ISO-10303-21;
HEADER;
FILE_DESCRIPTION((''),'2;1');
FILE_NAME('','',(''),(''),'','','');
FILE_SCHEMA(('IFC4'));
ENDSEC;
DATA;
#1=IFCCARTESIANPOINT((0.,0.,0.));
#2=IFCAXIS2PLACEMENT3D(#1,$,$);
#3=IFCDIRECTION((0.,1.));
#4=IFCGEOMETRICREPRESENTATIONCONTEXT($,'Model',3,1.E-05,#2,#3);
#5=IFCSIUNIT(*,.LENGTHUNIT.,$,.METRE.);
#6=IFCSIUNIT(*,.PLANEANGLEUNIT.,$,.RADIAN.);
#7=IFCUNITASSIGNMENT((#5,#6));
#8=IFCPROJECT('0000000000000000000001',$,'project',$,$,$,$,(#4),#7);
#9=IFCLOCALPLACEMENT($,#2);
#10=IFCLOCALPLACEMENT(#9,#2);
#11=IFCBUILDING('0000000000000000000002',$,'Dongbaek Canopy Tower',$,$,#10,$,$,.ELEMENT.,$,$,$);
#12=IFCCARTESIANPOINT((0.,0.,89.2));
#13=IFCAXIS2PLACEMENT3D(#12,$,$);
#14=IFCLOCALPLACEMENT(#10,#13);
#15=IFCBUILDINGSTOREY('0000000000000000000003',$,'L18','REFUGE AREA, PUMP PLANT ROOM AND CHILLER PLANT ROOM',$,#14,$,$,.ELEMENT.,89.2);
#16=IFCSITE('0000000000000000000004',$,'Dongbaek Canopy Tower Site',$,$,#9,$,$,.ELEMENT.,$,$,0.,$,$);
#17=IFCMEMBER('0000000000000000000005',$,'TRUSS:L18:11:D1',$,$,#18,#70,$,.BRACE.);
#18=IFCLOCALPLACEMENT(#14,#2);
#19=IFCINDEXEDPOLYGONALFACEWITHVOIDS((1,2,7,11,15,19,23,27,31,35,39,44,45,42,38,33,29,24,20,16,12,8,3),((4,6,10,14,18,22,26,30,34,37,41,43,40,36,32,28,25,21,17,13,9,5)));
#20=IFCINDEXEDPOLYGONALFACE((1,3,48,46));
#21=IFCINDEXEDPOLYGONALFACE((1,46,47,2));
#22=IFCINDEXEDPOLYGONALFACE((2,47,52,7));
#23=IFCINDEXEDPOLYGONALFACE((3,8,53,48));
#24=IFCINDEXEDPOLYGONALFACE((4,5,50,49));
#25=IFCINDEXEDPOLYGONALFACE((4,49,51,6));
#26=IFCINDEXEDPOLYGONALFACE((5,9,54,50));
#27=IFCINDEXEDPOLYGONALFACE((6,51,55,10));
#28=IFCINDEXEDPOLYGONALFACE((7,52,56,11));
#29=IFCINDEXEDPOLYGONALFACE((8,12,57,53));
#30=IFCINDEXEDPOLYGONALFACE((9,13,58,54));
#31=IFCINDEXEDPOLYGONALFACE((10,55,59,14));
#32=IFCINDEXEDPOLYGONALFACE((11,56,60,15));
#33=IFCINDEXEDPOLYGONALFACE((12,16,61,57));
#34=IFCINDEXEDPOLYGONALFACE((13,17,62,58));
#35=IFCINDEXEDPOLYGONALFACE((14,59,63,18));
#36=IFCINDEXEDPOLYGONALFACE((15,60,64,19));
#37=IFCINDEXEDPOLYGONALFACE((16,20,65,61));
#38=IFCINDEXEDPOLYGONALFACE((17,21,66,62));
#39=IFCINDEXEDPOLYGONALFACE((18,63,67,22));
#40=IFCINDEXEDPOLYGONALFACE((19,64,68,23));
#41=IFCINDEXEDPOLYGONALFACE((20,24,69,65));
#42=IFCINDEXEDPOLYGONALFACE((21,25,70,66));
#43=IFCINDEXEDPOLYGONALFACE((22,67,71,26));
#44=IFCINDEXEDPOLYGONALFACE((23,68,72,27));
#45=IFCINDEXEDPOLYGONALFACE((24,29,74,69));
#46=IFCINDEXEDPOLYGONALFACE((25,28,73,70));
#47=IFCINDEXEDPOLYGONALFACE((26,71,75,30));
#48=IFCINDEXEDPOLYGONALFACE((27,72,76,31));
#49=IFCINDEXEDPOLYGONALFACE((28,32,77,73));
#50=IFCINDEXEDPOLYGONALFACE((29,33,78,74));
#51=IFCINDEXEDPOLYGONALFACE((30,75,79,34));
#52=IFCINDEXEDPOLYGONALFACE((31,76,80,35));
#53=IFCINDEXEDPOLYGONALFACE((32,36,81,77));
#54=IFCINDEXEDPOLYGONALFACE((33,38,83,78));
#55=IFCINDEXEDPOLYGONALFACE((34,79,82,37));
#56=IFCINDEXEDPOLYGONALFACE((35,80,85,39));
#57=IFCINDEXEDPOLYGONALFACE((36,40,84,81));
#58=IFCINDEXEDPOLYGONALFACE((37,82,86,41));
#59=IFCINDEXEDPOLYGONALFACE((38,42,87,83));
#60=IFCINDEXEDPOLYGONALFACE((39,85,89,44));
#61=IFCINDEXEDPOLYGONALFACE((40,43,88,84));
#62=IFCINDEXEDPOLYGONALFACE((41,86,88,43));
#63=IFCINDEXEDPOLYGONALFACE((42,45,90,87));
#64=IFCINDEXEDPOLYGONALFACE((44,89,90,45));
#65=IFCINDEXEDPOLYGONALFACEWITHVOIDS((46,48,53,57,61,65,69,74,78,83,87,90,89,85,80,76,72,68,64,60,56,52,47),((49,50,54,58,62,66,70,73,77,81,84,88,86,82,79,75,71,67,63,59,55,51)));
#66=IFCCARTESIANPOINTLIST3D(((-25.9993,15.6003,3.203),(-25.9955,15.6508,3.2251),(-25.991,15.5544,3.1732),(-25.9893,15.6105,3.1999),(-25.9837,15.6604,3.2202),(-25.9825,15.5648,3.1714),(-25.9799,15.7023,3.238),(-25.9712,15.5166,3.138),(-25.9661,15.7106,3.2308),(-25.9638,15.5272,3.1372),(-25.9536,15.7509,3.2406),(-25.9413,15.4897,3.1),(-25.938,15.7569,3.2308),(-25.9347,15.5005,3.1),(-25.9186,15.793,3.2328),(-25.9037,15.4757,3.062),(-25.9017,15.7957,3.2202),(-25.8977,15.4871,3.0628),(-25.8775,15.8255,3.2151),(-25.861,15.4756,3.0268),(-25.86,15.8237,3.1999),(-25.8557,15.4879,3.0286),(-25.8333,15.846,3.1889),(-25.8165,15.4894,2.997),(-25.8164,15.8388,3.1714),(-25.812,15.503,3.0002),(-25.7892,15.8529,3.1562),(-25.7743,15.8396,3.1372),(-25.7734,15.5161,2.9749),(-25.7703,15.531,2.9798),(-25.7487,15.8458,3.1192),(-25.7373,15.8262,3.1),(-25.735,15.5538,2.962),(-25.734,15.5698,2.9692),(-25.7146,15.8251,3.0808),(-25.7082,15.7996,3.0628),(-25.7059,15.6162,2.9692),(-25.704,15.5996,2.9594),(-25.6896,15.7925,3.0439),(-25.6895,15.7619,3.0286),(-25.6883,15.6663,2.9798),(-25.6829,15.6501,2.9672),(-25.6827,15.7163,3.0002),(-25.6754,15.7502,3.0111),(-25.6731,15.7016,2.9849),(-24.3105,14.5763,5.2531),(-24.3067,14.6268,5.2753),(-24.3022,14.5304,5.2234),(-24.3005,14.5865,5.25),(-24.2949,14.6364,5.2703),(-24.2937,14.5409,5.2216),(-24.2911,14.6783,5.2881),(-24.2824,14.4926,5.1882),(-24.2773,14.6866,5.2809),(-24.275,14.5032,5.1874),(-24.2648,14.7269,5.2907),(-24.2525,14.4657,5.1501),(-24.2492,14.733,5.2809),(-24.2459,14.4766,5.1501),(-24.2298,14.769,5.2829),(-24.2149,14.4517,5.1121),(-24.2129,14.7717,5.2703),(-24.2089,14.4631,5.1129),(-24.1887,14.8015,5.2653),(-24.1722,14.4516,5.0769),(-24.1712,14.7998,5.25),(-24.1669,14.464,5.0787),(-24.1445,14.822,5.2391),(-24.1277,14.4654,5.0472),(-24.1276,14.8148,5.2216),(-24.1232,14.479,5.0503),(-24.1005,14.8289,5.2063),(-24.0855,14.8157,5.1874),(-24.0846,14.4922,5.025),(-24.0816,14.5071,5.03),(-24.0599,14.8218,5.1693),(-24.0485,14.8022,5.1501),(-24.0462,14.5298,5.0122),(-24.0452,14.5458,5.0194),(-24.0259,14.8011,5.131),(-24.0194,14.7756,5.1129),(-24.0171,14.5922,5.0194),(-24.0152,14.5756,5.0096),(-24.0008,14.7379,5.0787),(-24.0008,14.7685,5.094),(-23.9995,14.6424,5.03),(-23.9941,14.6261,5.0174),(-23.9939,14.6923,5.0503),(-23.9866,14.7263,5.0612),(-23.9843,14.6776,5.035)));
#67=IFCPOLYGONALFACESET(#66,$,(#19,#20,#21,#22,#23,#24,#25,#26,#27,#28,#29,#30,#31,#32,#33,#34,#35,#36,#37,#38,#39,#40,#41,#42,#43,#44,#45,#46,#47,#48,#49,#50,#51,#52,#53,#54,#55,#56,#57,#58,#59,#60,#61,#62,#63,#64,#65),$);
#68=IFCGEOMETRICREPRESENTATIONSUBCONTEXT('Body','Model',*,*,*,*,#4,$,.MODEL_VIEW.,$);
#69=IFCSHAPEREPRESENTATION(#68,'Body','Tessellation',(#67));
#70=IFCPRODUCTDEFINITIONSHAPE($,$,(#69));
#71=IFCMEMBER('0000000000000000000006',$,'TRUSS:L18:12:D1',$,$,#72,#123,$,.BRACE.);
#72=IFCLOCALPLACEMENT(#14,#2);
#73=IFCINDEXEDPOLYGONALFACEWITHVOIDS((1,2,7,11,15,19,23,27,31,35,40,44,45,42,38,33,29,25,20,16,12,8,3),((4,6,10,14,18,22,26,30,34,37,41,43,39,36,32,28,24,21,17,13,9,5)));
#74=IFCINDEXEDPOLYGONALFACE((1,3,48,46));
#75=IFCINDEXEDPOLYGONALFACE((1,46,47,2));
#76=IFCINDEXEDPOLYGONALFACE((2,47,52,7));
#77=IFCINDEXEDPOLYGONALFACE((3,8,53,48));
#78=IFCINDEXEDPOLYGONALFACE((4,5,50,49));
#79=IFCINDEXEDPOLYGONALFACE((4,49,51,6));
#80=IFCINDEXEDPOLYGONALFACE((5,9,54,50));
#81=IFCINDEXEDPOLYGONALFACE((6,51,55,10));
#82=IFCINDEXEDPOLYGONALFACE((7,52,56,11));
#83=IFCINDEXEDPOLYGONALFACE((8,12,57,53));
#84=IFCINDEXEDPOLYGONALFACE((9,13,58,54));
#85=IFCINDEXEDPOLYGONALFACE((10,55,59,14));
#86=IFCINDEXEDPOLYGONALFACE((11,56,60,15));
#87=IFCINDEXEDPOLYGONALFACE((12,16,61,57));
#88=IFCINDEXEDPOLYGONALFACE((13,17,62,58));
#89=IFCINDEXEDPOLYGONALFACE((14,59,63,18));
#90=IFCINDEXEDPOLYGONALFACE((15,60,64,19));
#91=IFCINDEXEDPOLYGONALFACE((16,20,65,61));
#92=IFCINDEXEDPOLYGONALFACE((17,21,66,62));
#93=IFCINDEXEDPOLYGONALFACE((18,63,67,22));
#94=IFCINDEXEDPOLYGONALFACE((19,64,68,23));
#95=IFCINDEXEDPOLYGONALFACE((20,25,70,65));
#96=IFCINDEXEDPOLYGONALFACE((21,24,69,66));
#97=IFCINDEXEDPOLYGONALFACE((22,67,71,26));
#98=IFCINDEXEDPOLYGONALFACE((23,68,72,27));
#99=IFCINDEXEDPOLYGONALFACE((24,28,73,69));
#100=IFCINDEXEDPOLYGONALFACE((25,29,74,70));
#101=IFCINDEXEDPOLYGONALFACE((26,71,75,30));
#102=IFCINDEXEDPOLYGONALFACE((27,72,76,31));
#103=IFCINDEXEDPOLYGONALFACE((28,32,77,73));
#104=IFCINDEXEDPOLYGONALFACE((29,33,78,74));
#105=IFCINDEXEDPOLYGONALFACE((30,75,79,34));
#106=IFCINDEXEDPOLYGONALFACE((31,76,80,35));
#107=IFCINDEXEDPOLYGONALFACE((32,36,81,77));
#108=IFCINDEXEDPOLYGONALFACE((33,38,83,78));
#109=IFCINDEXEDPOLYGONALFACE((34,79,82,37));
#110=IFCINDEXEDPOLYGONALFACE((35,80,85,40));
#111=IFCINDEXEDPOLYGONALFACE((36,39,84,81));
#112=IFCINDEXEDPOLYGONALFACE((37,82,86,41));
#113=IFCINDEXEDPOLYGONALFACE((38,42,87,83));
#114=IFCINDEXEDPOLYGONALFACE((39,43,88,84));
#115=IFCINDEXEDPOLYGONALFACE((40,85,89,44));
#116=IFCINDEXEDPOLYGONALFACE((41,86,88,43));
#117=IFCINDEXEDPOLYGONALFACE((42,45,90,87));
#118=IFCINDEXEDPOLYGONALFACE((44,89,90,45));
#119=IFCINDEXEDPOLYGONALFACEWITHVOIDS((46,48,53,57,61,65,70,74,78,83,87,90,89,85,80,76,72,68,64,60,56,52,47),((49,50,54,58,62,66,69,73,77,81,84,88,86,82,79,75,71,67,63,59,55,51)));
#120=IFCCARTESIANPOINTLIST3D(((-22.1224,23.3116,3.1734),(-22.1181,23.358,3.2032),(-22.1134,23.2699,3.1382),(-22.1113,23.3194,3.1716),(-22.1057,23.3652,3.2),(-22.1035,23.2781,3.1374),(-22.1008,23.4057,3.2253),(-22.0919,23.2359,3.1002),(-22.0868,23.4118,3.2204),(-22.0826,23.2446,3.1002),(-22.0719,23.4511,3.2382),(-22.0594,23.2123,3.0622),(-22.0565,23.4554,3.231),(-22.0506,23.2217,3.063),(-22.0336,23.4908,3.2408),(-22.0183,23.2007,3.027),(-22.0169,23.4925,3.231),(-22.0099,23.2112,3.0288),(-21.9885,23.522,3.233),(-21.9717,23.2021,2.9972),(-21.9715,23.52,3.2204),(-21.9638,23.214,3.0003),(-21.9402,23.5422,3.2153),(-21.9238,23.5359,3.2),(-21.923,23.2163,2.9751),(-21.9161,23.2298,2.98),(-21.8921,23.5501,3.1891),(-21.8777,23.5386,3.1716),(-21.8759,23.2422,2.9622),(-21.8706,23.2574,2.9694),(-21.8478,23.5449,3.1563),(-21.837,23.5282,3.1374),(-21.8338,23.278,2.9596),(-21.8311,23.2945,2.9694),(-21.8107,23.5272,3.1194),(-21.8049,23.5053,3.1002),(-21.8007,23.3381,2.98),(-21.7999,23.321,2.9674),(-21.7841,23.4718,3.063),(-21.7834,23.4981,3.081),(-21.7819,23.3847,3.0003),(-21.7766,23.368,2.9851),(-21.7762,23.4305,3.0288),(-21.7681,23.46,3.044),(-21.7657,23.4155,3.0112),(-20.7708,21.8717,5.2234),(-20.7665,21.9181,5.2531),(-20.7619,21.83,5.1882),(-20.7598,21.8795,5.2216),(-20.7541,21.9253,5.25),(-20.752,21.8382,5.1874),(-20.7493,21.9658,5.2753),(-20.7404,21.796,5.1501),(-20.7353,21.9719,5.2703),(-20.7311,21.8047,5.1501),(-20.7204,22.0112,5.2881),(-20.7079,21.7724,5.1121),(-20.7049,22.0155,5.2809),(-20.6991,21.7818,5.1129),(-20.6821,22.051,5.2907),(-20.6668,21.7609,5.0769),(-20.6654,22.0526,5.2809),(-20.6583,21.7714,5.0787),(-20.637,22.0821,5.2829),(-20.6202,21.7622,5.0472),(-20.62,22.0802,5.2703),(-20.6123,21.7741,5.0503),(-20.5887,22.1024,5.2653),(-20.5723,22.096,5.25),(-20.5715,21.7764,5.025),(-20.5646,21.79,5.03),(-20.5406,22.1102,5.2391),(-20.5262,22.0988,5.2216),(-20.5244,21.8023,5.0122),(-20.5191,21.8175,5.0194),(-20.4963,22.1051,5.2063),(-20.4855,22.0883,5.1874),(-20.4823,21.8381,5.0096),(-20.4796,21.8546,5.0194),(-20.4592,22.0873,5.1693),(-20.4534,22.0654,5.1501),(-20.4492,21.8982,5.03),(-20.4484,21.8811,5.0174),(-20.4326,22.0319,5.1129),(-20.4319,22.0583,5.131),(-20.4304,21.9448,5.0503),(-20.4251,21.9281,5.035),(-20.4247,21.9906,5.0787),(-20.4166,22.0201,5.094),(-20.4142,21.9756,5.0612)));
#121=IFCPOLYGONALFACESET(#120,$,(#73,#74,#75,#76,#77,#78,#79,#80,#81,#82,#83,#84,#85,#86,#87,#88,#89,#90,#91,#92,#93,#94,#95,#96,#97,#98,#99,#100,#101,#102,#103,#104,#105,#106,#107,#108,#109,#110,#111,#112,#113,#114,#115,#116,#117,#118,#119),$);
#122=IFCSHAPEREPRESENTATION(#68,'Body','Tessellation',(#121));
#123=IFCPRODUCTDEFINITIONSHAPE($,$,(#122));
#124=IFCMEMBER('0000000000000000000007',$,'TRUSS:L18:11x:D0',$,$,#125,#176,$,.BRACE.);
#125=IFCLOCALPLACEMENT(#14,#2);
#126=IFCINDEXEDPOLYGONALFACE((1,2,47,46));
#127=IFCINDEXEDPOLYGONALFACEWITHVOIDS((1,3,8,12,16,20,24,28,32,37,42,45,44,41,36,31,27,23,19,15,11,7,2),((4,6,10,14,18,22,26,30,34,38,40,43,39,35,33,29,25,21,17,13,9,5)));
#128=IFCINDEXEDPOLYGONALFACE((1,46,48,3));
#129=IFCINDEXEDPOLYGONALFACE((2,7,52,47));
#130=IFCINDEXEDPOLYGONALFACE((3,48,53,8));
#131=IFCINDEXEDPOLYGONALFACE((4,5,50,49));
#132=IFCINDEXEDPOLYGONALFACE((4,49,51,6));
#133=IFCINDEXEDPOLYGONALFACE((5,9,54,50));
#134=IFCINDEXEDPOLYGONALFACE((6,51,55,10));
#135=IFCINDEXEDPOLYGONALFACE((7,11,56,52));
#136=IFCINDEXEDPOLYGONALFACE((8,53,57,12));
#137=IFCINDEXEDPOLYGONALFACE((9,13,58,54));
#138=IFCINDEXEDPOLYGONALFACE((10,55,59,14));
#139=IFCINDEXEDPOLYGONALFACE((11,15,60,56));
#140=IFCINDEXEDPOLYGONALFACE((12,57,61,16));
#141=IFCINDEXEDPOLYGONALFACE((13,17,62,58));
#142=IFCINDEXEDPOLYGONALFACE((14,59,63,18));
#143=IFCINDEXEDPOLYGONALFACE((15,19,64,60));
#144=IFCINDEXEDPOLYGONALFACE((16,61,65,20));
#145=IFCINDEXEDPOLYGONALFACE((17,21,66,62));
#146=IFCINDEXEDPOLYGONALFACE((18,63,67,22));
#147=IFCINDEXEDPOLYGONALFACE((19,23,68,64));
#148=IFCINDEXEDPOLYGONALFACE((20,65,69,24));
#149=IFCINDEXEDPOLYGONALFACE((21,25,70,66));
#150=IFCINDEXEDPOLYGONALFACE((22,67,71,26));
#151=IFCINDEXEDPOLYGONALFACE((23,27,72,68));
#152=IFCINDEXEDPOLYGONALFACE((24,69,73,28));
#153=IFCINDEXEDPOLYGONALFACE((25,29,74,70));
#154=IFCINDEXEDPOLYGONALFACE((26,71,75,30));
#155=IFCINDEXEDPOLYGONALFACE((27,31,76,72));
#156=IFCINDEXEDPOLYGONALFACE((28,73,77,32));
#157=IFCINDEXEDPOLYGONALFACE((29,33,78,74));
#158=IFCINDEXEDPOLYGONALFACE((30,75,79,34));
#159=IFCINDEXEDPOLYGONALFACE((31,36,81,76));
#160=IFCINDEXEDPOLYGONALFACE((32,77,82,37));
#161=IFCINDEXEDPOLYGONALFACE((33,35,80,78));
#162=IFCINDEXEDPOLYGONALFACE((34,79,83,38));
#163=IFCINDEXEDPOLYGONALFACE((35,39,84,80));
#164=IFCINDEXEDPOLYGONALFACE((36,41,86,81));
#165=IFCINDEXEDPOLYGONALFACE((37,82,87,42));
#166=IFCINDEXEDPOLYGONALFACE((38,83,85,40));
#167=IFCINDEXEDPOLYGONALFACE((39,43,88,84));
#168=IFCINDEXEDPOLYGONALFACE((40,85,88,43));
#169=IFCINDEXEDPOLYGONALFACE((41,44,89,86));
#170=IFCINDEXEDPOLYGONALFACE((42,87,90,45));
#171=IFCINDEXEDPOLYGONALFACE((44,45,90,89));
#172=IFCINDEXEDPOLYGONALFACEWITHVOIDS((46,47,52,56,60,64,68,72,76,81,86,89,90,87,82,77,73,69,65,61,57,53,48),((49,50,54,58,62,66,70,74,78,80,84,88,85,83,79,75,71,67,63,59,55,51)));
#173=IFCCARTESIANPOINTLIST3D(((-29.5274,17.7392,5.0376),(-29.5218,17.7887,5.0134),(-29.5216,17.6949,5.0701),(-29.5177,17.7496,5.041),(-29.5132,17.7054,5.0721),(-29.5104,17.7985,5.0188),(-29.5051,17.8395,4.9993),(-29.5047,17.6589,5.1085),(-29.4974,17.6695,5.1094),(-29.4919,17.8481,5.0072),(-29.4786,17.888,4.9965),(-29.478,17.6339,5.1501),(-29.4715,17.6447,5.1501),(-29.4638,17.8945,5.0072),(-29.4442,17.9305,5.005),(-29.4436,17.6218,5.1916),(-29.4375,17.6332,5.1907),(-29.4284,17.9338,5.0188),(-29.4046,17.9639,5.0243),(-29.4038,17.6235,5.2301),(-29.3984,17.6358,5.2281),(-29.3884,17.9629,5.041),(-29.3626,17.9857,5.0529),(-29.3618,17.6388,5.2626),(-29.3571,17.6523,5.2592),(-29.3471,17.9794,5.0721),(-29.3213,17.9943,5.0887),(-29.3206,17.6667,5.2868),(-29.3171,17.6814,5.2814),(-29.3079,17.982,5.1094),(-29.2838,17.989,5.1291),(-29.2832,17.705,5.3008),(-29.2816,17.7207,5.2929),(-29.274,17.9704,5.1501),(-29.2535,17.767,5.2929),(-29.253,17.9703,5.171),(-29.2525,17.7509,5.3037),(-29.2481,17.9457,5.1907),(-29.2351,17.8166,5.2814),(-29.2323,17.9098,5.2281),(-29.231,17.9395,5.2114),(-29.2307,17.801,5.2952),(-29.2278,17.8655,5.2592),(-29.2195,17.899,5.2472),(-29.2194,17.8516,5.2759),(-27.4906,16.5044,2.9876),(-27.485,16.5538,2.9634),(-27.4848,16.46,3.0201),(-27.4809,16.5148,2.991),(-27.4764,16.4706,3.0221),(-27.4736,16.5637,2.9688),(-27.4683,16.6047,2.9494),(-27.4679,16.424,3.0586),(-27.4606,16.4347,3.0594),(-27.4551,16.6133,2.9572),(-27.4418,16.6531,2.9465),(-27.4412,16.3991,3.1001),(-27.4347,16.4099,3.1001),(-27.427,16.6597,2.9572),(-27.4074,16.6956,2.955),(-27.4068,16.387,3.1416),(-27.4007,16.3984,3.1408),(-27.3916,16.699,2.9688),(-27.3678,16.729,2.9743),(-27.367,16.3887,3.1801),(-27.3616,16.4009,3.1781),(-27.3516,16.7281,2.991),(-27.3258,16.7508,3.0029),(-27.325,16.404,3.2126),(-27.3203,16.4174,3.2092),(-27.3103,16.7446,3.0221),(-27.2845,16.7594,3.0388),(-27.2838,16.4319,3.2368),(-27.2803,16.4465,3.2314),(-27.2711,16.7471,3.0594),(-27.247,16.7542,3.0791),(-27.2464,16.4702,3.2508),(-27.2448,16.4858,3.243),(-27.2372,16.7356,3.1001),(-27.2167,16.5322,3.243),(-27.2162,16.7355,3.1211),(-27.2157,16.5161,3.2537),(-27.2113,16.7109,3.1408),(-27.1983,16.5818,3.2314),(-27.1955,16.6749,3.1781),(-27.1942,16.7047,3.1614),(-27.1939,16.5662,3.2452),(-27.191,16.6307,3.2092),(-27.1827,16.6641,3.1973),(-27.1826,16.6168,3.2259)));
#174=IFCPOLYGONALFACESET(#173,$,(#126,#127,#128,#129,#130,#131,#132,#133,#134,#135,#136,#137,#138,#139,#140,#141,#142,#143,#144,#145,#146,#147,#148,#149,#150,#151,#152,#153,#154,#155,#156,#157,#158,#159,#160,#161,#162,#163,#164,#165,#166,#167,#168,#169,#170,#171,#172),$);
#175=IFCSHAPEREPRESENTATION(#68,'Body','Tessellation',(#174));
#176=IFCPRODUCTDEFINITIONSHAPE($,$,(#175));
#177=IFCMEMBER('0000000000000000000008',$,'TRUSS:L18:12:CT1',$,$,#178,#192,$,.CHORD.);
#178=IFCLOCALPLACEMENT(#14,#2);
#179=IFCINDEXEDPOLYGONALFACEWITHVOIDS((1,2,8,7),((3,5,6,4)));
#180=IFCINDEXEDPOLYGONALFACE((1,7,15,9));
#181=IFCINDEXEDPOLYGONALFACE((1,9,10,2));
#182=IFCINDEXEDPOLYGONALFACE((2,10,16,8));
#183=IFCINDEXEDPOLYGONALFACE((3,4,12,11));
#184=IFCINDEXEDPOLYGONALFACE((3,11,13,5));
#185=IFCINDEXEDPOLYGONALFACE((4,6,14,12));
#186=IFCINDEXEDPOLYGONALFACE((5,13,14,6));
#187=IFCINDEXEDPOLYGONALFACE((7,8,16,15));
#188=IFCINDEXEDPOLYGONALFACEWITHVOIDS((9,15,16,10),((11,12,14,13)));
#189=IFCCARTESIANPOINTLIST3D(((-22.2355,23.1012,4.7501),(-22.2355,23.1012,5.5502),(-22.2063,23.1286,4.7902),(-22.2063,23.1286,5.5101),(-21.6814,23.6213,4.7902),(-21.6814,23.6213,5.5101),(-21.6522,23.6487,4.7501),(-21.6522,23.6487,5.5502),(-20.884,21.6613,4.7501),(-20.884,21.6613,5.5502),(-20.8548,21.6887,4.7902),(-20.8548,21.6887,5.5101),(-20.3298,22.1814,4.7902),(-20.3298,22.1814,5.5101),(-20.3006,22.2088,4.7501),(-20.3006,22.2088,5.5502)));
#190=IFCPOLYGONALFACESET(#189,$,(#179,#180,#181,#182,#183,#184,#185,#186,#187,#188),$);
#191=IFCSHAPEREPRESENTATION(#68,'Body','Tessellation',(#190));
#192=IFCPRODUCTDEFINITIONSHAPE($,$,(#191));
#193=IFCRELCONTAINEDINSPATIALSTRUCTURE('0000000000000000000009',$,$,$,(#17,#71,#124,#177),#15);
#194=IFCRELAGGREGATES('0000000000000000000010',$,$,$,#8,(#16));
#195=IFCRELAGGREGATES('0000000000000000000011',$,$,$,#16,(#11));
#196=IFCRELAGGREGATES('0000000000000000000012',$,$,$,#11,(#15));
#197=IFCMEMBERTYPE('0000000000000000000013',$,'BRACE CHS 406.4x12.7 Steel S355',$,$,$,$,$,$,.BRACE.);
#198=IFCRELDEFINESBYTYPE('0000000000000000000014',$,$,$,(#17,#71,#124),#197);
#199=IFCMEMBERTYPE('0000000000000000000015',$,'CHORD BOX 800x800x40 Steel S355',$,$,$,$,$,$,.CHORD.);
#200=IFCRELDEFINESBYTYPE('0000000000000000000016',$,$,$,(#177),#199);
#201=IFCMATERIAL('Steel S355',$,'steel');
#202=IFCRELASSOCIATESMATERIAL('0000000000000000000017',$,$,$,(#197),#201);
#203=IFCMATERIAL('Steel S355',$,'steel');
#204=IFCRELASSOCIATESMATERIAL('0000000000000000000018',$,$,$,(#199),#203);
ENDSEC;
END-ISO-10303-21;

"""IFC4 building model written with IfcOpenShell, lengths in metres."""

from ifc_helpers import new_model, si_unit, direction, frame, origin, origin_2d, place, context, subcontext, project, spatial, hollow_rectangle, hollow_circle, extrude, material, material_profile, profile_set, type_object, element, save


model = new_model("IFC4")

# Units and contexts
model_context = context("Model", 3, precision=1e-05, world=origin(), true_north=direction((0.0, 1.0)))
body_context = subcontext(model_context, "Body", "Model", "MODEL_VIEW")
ifc_project = project(units=[si_unit("LENGTHUNIT", "METRE"), si_unit("PLANEANGLEUNIT", "RADIAN")], contexts=[model_context])

# Site, building, storey
site_placement = place(None, origin())
site = spatial("IfcSite", under=ifc_project, at=site_placement, Name="Dongbaek Canopy Tower Site", CompositionType="ELEMENT", RefElevation=0.0)
building_placement = place(site_placement, origin())
building = spatial("IfcBuilding", under=site, at=building_placement, Name="Dongbaek Canopy Tower", CompositionType="ELEMENT")
storey_placement = place(building_placement, frame((0.0, 0.0, 89.2)))
storey = spatial("IfcBuildingStorey", under=building, at=storey_placement, Name="L18", Description="REFUGE AREA, PUMP PLANT ROOM AND CHILLER PLANT ROOM", CompositionType="ELEMENT", Elevation=89.2)

# Members
ifc_material_1 = material(Name="Steel S355", Category="steel")
ifc_material_profile_1 = material_profile(ifc_material_1, hollow_circle(Radius=0.2031, WallThickness=0.0127, at=origin_2d()), Name="BRACE CHS 406.4x12.7 Steel S355")
ifc_profile_set_1 = profile_set([ifc_material_profile_1], Name="Steel S355")
member_type_1 = type_object("IfcMemberType", Name="BRACE CHS 406.4x12.7 Steel S355", PredefinedType="BRACE", material=ifc_profile_set_1)
member_1_placement = place(storey_placement, frame((-24.1472, 14.6394, 5.1501), z_axis=(-0.59325, 0.359706, -0.720185), x_axis=(-0.518472, -0.855095, 0.0)))
element("IfcMember", 1, at=member_1_placement, inside=storey, type_object=member_type_1, Name="TRUSS:L18:11:D1", PredefinedType="BRACE", context=body_context, shape_type="SweptSolid", body=[
    extrude(hollow_circle(Radius=0.2031, WallThickness=0.0127, at=origin_2d()), origin(), (0.0, 0.0, 1.0), 2.8467),
])
member_2_placement = place(storey_placement, frame((-20.5923, 21.9351, 5.1501), z_axis=(-0.474807, 0.505855, -0.720187), x_axis=(-0.729128, -0.684377, 0.0)))
element("IfcMember", 2, at=member_2_placement, inside=storey, type_object=member_type_1, Name="TRUSS:L18:12:D1", PredefinedType="BRACE", context=body_context, shape_type="SweptSolid", body=[
    extrude(hollow_circle(Radius=0.2031, WallThickness=0.0127, at=origin_2d()), origin(), (0.0, 0.0, 1.0), 2.8464),
])
member_3_placement = place(storey_placement, frame((-27.3359, 16.5728, 3.1001), z_axis=(-0.648131, 0.392934, 0.652326), x_axis=(-0.518424, -0.855123, 0.0)))
element("IfcMember", 3, at=member_3_placement, inside=storey, type_object=member_type_1, Name="TRUSS:L18:11x:D0", PredefinedType="BRACE", context=body_context, shape_type="SweptSolid", body=[
    extrude(hollow_circle(Radius=0.2031, WallThickness=0.0127, at=origin_2d()), origin(), (0.0, 0.0, 1.0), 3.1426),
])
ifc_material_2 = material(Name="Steel S355", Category="steel")
ifc_material_profile_2 = material_profile(ifc_material_2, hollow_rectangle(XDim=0.8, YDim=0.8, WallThickness=0.04, at=origin_2d()), Name="CHORD BOX 800x800x40 Steel S355")
ifc_profile_set_2 = profile_set([ifc_material_profile_2], Name="Steel S355")
member_type_2 = type_object("IfcMemberType", Name="CHORD BOX 800x800x40 Steel S355", PredefinedType="CHORD", material=ifc_profile_set_2)
member_4_placement = place(storey_placement, frame((-20.5923, 21.9351, 5.1501), z_axis=(-0.684377, 0.729128, 0.0), x_axis=(-0.729128, -0.684377, 0.0)))
element("IfcMember", 4, at=member_4_placement, inside=storey, type_object=member_type_2, Name="TRUSS:L18:12:CT1", PredefinedType="CHORD", context=body_context, shape_type="SweptSolid", body=[
    extrude(hollow_rectangle(XDim=0.8, YDim=0.8, WallThickness=0.04, at=origin_2d()), origin(), (0.0, 0.0, 1.0), 1.9749),
])

save(model, "model.ifc")
